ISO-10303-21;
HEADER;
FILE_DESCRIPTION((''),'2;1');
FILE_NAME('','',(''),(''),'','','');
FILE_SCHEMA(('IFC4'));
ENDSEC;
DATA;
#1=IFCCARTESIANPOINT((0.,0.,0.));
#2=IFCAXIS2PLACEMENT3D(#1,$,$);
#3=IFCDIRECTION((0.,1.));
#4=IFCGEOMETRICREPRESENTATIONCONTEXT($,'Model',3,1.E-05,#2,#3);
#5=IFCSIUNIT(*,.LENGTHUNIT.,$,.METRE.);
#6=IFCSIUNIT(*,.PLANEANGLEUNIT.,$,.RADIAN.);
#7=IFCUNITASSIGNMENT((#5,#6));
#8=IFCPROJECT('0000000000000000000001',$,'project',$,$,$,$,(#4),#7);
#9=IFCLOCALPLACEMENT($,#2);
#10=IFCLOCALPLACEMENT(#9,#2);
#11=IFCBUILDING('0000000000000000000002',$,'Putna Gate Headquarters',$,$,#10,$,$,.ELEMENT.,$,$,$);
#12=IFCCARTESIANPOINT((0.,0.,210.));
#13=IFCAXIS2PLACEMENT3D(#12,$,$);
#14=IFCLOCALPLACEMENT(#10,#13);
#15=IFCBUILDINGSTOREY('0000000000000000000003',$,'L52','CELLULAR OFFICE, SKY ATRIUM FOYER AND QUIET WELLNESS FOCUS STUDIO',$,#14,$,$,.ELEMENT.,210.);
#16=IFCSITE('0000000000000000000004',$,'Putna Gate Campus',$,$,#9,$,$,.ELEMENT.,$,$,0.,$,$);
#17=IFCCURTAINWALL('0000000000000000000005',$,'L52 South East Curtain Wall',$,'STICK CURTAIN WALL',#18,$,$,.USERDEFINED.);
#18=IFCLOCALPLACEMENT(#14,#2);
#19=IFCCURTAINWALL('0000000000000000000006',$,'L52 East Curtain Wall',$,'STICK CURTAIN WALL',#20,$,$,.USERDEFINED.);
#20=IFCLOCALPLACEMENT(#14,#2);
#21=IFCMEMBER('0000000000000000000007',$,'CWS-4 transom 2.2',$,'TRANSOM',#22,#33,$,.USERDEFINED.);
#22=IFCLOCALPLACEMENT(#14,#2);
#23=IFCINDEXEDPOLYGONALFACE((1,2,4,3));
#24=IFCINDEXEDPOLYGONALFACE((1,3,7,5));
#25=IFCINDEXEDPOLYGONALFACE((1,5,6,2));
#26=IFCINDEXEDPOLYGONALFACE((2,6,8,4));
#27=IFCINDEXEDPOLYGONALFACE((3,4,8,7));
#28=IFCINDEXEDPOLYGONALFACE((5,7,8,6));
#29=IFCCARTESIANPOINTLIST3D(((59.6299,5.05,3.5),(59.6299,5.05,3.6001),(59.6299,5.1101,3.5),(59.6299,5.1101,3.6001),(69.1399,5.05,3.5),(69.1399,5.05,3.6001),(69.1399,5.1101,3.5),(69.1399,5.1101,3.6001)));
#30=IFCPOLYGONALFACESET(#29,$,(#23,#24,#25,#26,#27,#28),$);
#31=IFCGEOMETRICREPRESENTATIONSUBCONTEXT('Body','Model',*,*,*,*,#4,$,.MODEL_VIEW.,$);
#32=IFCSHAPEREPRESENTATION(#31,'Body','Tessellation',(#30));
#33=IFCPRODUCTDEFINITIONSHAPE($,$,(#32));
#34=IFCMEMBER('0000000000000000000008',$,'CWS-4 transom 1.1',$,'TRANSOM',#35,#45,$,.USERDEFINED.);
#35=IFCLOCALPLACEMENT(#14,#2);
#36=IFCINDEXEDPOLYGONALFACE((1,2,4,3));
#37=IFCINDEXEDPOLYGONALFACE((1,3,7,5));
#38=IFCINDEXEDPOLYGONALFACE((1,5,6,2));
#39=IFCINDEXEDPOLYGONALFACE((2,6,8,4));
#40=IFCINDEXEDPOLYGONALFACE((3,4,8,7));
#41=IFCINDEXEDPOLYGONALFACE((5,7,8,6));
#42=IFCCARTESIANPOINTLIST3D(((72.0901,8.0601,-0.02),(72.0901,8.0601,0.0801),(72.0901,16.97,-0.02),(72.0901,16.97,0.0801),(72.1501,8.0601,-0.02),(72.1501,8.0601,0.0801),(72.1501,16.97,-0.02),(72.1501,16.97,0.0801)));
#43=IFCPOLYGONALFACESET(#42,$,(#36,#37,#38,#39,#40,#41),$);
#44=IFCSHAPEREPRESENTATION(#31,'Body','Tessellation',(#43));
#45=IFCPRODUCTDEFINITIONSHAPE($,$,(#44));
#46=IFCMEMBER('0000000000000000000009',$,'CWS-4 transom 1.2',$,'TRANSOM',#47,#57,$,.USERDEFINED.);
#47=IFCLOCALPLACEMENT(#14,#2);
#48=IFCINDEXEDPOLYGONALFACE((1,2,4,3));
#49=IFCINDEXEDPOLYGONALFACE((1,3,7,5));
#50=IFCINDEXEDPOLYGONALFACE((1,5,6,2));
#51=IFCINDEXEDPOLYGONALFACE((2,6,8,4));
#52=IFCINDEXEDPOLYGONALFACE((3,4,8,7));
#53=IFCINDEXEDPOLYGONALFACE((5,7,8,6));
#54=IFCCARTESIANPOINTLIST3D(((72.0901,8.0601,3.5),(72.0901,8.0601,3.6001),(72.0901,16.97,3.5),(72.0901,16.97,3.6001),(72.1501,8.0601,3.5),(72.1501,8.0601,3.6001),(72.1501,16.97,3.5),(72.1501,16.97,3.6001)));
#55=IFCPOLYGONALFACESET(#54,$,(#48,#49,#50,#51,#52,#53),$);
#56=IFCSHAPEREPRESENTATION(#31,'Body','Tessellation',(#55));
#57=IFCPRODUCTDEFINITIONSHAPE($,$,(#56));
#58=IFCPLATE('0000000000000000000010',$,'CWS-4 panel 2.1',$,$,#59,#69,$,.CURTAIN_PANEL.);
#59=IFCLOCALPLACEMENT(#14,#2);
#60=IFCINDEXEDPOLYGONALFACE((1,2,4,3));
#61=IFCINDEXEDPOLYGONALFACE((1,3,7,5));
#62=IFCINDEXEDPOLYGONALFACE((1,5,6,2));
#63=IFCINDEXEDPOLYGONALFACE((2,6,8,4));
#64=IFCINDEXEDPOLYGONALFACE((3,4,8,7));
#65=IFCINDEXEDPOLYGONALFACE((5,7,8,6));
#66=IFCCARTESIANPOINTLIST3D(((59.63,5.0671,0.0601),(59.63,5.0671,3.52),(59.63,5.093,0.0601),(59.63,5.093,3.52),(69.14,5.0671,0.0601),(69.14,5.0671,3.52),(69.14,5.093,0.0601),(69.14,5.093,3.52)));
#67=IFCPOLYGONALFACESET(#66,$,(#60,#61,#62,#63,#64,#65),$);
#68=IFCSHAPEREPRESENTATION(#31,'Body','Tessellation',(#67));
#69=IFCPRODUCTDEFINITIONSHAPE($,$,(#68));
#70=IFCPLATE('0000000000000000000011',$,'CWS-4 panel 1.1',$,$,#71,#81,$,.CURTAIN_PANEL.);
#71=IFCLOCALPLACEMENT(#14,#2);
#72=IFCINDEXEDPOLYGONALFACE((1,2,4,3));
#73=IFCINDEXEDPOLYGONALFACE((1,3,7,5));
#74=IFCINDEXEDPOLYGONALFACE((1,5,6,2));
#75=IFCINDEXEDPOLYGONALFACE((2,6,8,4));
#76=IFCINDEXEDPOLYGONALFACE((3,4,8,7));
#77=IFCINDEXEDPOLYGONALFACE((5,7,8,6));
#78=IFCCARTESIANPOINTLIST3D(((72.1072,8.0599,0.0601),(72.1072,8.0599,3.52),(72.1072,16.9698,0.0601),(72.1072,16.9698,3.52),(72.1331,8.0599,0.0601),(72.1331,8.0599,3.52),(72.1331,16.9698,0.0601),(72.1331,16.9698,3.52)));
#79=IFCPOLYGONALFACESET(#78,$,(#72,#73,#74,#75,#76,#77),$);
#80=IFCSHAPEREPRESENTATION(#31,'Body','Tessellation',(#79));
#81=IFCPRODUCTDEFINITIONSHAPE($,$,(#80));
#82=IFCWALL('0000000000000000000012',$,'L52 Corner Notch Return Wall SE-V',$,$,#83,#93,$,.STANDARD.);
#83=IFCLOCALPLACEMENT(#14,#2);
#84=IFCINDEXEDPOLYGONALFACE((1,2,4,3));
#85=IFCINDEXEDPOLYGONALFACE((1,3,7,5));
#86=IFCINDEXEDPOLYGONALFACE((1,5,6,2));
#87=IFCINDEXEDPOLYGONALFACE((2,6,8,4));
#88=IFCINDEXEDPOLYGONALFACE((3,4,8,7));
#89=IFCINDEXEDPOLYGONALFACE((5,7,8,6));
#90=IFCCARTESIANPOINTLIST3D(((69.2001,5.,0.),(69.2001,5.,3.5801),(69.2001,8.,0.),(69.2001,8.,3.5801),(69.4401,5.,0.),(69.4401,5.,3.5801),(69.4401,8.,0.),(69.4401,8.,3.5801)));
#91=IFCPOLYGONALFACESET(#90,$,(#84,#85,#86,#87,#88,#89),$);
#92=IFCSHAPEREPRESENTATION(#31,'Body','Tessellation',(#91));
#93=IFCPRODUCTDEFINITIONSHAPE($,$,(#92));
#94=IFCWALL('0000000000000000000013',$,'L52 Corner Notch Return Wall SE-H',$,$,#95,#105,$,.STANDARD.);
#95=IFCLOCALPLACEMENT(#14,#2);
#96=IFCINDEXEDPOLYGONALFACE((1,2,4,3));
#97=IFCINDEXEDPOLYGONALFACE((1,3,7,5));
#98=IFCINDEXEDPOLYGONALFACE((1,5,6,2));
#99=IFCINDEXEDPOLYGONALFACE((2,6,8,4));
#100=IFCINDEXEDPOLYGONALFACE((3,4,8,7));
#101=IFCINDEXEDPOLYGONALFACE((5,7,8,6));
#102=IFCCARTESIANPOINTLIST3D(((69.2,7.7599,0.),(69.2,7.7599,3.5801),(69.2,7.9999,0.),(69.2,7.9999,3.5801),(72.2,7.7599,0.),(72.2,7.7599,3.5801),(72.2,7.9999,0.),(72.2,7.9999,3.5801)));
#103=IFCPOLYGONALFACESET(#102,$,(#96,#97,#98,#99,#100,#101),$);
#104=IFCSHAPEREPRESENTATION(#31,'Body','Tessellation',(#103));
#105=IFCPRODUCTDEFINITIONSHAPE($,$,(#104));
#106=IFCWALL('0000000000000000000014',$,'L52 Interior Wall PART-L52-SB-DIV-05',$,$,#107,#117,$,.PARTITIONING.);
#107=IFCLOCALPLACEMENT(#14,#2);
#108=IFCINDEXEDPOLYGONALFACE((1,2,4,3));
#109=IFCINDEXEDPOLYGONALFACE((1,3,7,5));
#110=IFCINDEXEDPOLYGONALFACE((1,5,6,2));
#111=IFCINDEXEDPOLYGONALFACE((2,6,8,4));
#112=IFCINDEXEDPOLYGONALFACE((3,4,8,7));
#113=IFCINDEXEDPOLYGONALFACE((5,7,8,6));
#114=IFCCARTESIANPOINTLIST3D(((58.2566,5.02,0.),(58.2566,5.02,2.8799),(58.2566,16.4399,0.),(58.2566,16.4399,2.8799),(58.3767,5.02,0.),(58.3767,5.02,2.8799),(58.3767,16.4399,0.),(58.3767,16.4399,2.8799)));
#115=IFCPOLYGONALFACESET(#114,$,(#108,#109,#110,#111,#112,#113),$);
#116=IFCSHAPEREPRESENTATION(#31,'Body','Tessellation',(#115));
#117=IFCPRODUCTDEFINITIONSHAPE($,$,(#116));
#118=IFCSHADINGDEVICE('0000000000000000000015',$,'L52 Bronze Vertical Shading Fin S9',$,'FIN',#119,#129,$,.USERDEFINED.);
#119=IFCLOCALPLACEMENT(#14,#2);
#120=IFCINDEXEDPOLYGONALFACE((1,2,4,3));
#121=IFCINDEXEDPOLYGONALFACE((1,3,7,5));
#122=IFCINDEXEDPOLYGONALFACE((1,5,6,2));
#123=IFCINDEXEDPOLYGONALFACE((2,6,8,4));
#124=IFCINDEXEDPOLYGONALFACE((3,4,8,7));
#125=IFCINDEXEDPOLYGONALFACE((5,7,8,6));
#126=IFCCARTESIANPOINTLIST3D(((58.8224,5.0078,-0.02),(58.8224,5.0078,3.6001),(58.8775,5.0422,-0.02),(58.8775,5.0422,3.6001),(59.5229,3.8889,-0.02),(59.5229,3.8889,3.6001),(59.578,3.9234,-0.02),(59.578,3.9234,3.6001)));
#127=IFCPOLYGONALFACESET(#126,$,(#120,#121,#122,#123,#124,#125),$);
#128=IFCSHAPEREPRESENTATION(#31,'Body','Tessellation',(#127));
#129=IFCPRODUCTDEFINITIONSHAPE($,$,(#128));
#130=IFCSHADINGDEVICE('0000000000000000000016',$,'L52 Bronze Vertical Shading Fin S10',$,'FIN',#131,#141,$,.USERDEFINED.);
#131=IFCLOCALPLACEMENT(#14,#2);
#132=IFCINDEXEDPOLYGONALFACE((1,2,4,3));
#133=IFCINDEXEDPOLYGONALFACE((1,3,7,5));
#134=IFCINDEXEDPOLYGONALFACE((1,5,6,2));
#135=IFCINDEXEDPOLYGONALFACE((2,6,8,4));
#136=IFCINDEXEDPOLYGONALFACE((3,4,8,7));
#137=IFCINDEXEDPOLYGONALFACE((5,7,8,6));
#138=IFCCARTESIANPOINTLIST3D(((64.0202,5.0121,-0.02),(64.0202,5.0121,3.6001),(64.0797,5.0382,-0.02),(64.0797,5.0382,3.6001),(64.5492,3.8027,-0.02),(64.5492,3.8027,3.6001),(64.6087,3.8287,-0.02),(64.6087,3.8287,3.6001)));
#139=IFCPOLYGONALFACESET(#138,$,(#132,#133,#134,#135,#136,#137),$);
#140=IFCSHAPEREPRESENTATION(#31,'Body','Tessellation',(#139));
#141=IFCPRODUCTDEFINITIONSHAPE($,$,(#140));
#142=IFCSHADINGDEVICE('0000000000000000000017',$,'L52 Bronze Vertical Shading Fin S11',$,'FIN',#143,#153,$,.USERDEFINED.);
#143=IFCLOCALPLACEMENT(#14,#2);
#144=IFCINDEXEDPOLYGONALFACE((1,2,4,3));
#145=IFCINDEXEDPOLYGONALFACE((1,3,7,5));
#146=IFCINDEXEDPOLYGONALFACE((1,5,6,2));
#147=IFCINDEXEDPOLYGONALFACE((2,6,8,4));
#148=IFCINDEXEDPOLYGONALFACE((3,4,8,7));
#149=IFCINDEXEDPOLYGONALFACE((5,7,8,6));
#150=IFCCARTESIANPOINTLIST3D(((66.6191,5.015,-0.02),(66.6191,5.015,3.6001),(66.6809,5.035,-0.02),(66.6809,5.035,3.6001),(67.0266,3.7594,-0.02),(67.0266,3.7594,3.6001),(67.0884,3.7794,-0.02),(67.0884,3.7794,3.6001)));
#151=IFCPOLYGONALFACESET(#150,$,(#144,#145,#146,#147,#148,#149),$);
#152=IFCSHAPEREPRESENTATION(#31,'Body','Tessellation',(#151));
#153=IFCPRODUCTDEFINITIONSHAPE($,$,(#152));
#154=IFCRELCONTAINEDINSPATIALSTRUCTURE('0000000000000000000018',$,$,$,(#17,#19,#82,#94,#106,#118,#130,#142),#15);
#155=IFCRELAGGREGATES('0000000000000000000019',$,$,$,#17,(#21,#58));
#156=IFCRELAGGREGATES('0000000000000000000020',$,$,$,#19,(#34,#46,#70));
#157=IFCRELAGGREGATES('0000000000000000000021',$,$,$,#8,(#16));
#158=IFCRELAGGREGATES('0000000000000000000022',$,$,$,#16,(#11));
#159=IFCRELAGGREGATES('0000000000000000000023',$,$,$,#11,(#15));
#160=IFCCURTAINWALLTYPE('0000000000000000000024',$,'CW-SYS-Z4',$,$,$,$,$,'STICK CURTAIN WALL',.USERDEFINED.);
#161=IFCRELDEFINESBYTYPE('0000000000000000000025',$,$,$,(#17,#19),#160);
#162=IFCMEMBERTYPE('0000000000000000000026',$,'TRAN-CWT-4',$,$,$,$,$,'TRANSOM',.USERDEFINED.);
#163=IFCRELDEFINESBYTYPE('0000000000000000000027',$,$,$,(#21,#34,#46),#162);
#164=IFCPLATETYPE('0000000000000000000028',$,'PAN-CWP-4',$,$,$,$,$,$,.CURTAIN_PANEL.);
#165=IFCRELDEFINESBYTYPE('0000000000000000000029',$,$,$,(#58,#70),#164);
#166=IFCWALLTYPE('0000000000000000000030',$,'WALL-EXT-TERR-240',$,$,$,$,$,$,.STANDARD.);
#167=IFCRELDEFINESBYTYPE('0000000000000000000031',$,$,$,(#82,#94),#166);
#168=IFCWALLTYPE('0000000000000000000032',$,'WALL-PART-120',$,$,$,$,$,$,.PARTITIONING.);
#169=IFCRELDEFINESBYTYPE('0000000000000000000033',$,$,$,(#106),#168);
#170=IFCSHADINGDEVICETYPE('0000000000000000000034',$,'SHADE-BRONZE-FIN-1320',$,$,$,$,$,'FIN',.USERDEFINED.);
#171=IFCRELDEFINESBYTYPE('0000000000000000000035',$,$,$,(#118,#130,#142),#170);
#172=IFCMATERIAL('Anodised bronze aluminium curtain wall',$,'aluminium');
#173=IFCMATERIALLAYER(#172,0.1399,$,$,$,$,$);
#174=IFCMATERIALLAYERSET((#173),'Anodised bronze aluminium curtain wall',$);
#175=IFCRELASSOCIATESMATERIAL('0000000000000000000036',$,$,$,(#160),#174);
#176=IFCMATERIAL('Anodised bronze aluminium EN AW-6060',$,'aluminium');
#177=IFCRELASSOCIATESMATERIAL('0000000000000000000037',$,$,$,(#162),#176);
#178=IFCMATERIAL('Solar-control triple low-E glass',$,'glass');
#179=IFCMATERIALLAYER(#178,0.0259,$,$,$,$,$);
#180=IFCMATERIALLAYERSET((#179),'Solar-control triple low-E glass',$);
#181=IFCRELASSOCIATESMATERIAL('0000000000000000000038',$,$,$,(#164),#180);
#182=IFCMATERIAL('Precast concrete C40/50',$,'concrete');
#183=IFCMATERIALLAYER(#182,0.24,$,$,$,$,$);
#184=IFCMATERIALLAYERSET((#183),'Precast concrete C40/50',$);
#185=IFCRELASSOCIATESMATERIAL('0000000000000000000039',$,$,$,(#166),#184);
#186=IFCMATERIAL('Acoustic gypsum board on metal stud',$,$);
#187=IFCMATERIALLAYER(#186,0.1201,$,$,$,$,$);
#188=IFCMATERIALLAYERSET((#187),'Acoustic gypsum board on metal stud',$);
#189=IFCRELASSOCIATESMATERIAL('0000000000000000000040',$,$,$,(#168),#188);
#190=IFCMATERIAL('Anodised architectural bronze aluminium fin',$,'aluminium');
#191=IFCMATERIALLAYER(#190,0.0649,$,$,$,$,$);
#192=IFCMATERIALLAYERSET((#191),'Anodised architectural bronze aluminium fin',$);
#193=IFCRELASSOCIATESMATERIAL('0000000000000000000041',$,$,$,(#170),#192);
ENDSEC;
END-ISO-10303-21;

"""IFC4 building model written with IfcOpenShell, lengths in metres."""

from ifc_helpers import new_model, si_unit, direction, frame, frame_2d, origin, origin_2d, place, context, subcontext, project, spatial, rectangle, extrude, material, layer, layer_set, material_profile, profile_set, type_object, element, aggregate, save


model = new_model("IFC4")

# Units and contexts
model_context = context("Model", 3, precision=1e-05, world=origin(), true_north=direction((0.0, 1.0)))
body_context = subcontext(model_context, "Body", "Model", "MODEL_VIEW")
ifc_project = project(units=[si_unit("LENGTHUNIT", "METRE"), si_unit("PLANEANGLEUNIT", "RADIAN")], contexts=[model_context])

# Site, building, storey
site_placement = place(None, origin())
site = spatial("IfcSite", under=ifc_project, at=site_placement, Name="Putna Gate Campus", CompositionType="ELEMENT", RefElevation=0.0)
building_placement = place(site_placement, origin())
building = spatial("IfcBuilding", under=site, at=building_placement, Name="Putna Gate Headquarters", CompositionType="ELEMENT")
storey_placement = place(building_placement, frame((0.0, 0.0, 210.0)))
storey = spatial("IfcBuildingStorey", under=building, at=storey_placement, Name="L52", Description="CELLULAR OFFICE, SKY ATRIUM FOYER AND QUIET WELLNESS FOCUS STUDIO", CompositionType="ELEMENT", Elevation=210.0)

# Curtain wall
ifc_material_1 = material(Name="Anodised bronze aluminium curtain wall", Category="aluminium")
ifc_layer_1 = layer(ifc_material_1, 0.1399)
ifc_layer_set_1 = layer_set([ifc_layer_1], Name="Anodised bronze aluminium curtain wall")
curtain_wall_type = type_object("IfcCurtainWallType", Name="CW-SYS-Z4", ElementType="STICK CURTAIN WALL", PredefinedType="USERDEFINED", material=ifc_layer_set_1)
curtain_wall_1_placement = place(storey_placement, origin())
curtain_wall_1 = element("IfcCurtainWall", 1, at=curtain_wall_1_placement, inside=storey, type_object=curtain_wall_type, Name="L52 South East Curtain Wall", ObjectType="STICK CURTAIN WALL", PredefinedType="USERDEFINED")
ifc_material_2 = material(Name="Anodised bronze aluminium EN AW-6060", Category="aluminium")

# Curtain wall
curtain_wall_2_placement = place(storey_placement, origin())
curtain_wall_2 = element("IfcCurtainWall", 2, at=curtain_wall_2_placement, inside=storey, type_object=curtain_wall_type, Name="L52 East Curtain Wall", ObjectType="STICK CURTAIN WALL", PredefinedType="USERDEFINED")

# Members
ifc_material_profile_1 = material_profile(ifc_material_2, rectangle(XDim=0.0601, YDim=0.1001, at=origin_2d()), Name="Anodised bronze aluminium EN AW-6060")
ifc_profile_set_1 = profile_set([ifc_material_profile_1], Name="Anodised bronze aluminium EN AW-6060")
member_type_1 = type_object("IfcMemberType", Name="TRAN-CWT-4", ElementType="TRANSOM", PredefinedType="USERDEFINED", material=ifc_profile_set_1)
member_1_placement = place(storey_placement, frame((59.6299, 5.0801, 3.55), z_axis=(1.0, 0.0, 0.0), x_axis=(0.0, 1.0, 0.0)))
member_1 = element("IfcMember", 3, at=member_1_placement, type_object=member_type_1, Name="CWS-4 transom 2.2", ObjectType="TRANSOM", PredefinedType="USERDEFINED", context=body_context, shape_type="SweptSolid", body=[
    extrude(rectangle(XDim=0.0601, YDim=0.1001, at=origin_2d()), origin(), (0.0, 0.0, 1.0), 9.51),
])
member_2_placement = place(storey_placement, frame((72.1201, 8.0601, 0.03), z_axis=(0.0, 1.0, 0.0), x_axis=(-1.0, 0.0, 0.0)))
member_2 = element("IfcMember", 4, at=member_2_placement, type_object=member_type_1, Name="CWS-4 transom 1.1", ObjectType="TRANSOM", PredefinedType="USERDEFINED", context=body_context, shape_type="SweptSolid", body=[
    extrude(rectangle(XDim=0.0601, YDim=0.1001, at=origin_2d()), origin(), (0.0, 0.0, 1.0), 8.9099),
])
member_3_placement = place(storey_placement, frame((72.1201, 8.0601, 3.55), z_axis=(0.0, 1.0, 0.0), x_axis=(-1.0, 0.0, 0.0)))
member_3 = element("IfcMember", 5, at=member_3_placement, type_object=member_type_1, Name="CWS-4 transom 1.2", ObjectType="TRANSOM", PredefinedType="USERDEFINED", context=body_context, shape_type="SweptSolid", body=[
    extrude(rectangle(XDim=0.0601, YDim=0.1001, at=origin_2d()), origin(), (0.0, 0.0, 1.0), 8.9099),
])

# Plates
ifc_material_3 = material(Name="Solar-control triple low-E glass", Category="glass")
ifc_layer_2 = layer(ifc_material_3, 0.0259)
ifc_layer_set_2 = layer_set([ifc_layer_2], Name="Solar-control triple low-E glass")
plate_type = type_object("IfcPlateType", Name="PAN-CWP-4", PredefinedType="CURTAIN_PANEL", material=ifc_layer_set_2)
plate_1_placement = place(storey_placement, frame((64.385, 5.0801, 0.0601), z_axis=(0.0, 0.0, 1.0), x_axis=(1.0, 0.0, 0.0)))
plate_1 = element("IfcPlate", 6, at=plate_1_placement, type_object=plate_type, Name="CWS-4 panel 2.1", PredefinedType="CURTAIN_PANEL", context=body_context, shape_type="SweptSolid", body=[
    extrude(rectangle(XDim=9.51, YDim=0.0259, at=origin_2d()), origin(), (0.0, 0.0, 1.0), 3.46),
])
aggregate(curtain_wall_1, [member_1, plate_1])
plate_2_placement = place(storey_placement, frame((72.1201, 12.5149, 0.0601), z_axis=(0.0, 0.0, 1.0), x_axis=(0.0, 1.0, 0.0)))
plate_2 = element("IfcPlate", 7, at=plate_2_placement, type_object=plate_type, Name="CWS-4 panel 1.1", PredefinedType="CURTAIN_PANEL", context=body_context, shape_type="SweptSolid", body=[
    extrude(rectangle(XDim=8.9099, YDim=0.0259, at=origin_2d()), origin(), (0.0, 0.0, 1.0), 3.46),
])
aggregate(curtain_wall_2, [member_2, member_3, plate_2])

# Walls
ifc_material_4 = material(Name="Precast concrete C40/50", Category="concrete")
ifc_layer_3 = layer(ifc_material_4, 0.24)
ifc_layer_set_3 = layer_set([ifc_layer_3], Name="Precast concrete C40/50")
wall_type_1 = type_object("IfcWallType", Name="WALL-EXT-TERR-240", PredefinedType="STANDARD", material=ifc_layer_set_3)
for number, where, z_axis, x_axis, name in (
    (8, (69.3201, 8.0, 0.0), (0.0, 0.0, 1.0), (0.0, -1.0, 0.0), "L52 Corner Notch Return Wall SE-V"),
    (9, (72.2, 7.8799, 0.0), (0.0, 0.0, 1.0), (-1.0, 0.0, 0.0), "L52 Corner Notch Return Wall SE-H"),
):
    element("IfcWall", number, at=place(storey_placement, frame(where, z_axis=z_axis, x_axis=x_axis)), inside=storey, type_object=wall_type_1, Name=name, PredefinedType="STANDARD", context=body_context, shape_type="SweptSolid", body=[
        extrude(rectangle(XDim=3.0, YDim=0.24, at=frame_2d((1.5, 0.0))), origin(), (0.0, 0.0, 1.0), 3.5801),
    ])
ifc_material_5 = material(Name="Acoustic gypsum board on metal stud")
ifc_layer_4 = layer(ifc_material_5, 0.1201)
ifc_layer_set_4 = layer_set([ifc_layer_4], Name="Acoustic gypsum board on metal stud")
wall_type_2 = type_object("IfcWallType", Name="WALL-PART-120", PredefinedType="PARTITIONING", material=ifc_layer_set_4)
wall_placement = place(storey_placement, frame((58.3167, 5.02, 0.0), z_axis=(0.0, 0.0, 1.0), x_axis=(0.0, 1.0, 0.0)))
element("IfcWall", 10, at=wall_placement, inside=storey, type_object=wall_type_2, Name="L52 Interior Wall PART-L52-SB-DIV-05", PredefinedType="PARTITIONING", context=body_context, shape_type="SweptSolid", body=[
    extrude(rectangle(XDim=11.4199, YDim=0.1201, at=frame_2d((5.71, 0.0))), origin(), (0.0, 0.0, 1.0), 2.8799),
])

# Shading devices
ifc_material_6 = material(Name="Anodised architectural bronze aluminium fin", Category="aluminium")
ifc_layer_5 = layer(ifc_material_6, 0.0649)
ifc_layer_set_5 = layer_set([ifc_layer_5], Name="Anodised architectural bronze aluminium fin")
shading_device_type = type_object("IfcShadingDeviceType", Name="SHADE-BRONZE-FIN-1320", ElementType="FIN", PredefinedType="USERDEFINED", material=ifc_layer_set_5)
for number, where, z_axis, x_axis, name in (
    (11, (59.2002, 4.4656, -0.02), (0.0, 0.0, 1.0), (0.530659, -0.847585, 0.0), "L52 Bronze Vertical Shading Fin S9"),
    (12, (64.3145, 4.4204, -0.02), (0.0, 0.0, 1.0), (0.400669, -0.916223, 0.0), "L52 Bronze Vertical Shading Fin S10"),
    (13, (66.8538, 4.3972, -0.02), (0.0, 0.0, 1.0), (0.308685, -0.951164, 0.0), "L52 Bronze Vertical Shading Fin S11"),
):
    element("IfcShadingDevice", number, at=place(storey_placement, frame(where, z_axis=z_axis, x_axis=x_axis)), inside=storey, type_object=shading_device_type, Name=name, ObjectType="FIN", PredefinedType="USERDEFINED", context=body_context, shape_type="SweptSolid", body=[
        extrude(rectangle(XDim=1.3201, YDim=0.0649, at=origin_2d()), origin(), (0.0, 0.0, 1.0), 3.6201),
    ])

save(model, "model.ifc")
